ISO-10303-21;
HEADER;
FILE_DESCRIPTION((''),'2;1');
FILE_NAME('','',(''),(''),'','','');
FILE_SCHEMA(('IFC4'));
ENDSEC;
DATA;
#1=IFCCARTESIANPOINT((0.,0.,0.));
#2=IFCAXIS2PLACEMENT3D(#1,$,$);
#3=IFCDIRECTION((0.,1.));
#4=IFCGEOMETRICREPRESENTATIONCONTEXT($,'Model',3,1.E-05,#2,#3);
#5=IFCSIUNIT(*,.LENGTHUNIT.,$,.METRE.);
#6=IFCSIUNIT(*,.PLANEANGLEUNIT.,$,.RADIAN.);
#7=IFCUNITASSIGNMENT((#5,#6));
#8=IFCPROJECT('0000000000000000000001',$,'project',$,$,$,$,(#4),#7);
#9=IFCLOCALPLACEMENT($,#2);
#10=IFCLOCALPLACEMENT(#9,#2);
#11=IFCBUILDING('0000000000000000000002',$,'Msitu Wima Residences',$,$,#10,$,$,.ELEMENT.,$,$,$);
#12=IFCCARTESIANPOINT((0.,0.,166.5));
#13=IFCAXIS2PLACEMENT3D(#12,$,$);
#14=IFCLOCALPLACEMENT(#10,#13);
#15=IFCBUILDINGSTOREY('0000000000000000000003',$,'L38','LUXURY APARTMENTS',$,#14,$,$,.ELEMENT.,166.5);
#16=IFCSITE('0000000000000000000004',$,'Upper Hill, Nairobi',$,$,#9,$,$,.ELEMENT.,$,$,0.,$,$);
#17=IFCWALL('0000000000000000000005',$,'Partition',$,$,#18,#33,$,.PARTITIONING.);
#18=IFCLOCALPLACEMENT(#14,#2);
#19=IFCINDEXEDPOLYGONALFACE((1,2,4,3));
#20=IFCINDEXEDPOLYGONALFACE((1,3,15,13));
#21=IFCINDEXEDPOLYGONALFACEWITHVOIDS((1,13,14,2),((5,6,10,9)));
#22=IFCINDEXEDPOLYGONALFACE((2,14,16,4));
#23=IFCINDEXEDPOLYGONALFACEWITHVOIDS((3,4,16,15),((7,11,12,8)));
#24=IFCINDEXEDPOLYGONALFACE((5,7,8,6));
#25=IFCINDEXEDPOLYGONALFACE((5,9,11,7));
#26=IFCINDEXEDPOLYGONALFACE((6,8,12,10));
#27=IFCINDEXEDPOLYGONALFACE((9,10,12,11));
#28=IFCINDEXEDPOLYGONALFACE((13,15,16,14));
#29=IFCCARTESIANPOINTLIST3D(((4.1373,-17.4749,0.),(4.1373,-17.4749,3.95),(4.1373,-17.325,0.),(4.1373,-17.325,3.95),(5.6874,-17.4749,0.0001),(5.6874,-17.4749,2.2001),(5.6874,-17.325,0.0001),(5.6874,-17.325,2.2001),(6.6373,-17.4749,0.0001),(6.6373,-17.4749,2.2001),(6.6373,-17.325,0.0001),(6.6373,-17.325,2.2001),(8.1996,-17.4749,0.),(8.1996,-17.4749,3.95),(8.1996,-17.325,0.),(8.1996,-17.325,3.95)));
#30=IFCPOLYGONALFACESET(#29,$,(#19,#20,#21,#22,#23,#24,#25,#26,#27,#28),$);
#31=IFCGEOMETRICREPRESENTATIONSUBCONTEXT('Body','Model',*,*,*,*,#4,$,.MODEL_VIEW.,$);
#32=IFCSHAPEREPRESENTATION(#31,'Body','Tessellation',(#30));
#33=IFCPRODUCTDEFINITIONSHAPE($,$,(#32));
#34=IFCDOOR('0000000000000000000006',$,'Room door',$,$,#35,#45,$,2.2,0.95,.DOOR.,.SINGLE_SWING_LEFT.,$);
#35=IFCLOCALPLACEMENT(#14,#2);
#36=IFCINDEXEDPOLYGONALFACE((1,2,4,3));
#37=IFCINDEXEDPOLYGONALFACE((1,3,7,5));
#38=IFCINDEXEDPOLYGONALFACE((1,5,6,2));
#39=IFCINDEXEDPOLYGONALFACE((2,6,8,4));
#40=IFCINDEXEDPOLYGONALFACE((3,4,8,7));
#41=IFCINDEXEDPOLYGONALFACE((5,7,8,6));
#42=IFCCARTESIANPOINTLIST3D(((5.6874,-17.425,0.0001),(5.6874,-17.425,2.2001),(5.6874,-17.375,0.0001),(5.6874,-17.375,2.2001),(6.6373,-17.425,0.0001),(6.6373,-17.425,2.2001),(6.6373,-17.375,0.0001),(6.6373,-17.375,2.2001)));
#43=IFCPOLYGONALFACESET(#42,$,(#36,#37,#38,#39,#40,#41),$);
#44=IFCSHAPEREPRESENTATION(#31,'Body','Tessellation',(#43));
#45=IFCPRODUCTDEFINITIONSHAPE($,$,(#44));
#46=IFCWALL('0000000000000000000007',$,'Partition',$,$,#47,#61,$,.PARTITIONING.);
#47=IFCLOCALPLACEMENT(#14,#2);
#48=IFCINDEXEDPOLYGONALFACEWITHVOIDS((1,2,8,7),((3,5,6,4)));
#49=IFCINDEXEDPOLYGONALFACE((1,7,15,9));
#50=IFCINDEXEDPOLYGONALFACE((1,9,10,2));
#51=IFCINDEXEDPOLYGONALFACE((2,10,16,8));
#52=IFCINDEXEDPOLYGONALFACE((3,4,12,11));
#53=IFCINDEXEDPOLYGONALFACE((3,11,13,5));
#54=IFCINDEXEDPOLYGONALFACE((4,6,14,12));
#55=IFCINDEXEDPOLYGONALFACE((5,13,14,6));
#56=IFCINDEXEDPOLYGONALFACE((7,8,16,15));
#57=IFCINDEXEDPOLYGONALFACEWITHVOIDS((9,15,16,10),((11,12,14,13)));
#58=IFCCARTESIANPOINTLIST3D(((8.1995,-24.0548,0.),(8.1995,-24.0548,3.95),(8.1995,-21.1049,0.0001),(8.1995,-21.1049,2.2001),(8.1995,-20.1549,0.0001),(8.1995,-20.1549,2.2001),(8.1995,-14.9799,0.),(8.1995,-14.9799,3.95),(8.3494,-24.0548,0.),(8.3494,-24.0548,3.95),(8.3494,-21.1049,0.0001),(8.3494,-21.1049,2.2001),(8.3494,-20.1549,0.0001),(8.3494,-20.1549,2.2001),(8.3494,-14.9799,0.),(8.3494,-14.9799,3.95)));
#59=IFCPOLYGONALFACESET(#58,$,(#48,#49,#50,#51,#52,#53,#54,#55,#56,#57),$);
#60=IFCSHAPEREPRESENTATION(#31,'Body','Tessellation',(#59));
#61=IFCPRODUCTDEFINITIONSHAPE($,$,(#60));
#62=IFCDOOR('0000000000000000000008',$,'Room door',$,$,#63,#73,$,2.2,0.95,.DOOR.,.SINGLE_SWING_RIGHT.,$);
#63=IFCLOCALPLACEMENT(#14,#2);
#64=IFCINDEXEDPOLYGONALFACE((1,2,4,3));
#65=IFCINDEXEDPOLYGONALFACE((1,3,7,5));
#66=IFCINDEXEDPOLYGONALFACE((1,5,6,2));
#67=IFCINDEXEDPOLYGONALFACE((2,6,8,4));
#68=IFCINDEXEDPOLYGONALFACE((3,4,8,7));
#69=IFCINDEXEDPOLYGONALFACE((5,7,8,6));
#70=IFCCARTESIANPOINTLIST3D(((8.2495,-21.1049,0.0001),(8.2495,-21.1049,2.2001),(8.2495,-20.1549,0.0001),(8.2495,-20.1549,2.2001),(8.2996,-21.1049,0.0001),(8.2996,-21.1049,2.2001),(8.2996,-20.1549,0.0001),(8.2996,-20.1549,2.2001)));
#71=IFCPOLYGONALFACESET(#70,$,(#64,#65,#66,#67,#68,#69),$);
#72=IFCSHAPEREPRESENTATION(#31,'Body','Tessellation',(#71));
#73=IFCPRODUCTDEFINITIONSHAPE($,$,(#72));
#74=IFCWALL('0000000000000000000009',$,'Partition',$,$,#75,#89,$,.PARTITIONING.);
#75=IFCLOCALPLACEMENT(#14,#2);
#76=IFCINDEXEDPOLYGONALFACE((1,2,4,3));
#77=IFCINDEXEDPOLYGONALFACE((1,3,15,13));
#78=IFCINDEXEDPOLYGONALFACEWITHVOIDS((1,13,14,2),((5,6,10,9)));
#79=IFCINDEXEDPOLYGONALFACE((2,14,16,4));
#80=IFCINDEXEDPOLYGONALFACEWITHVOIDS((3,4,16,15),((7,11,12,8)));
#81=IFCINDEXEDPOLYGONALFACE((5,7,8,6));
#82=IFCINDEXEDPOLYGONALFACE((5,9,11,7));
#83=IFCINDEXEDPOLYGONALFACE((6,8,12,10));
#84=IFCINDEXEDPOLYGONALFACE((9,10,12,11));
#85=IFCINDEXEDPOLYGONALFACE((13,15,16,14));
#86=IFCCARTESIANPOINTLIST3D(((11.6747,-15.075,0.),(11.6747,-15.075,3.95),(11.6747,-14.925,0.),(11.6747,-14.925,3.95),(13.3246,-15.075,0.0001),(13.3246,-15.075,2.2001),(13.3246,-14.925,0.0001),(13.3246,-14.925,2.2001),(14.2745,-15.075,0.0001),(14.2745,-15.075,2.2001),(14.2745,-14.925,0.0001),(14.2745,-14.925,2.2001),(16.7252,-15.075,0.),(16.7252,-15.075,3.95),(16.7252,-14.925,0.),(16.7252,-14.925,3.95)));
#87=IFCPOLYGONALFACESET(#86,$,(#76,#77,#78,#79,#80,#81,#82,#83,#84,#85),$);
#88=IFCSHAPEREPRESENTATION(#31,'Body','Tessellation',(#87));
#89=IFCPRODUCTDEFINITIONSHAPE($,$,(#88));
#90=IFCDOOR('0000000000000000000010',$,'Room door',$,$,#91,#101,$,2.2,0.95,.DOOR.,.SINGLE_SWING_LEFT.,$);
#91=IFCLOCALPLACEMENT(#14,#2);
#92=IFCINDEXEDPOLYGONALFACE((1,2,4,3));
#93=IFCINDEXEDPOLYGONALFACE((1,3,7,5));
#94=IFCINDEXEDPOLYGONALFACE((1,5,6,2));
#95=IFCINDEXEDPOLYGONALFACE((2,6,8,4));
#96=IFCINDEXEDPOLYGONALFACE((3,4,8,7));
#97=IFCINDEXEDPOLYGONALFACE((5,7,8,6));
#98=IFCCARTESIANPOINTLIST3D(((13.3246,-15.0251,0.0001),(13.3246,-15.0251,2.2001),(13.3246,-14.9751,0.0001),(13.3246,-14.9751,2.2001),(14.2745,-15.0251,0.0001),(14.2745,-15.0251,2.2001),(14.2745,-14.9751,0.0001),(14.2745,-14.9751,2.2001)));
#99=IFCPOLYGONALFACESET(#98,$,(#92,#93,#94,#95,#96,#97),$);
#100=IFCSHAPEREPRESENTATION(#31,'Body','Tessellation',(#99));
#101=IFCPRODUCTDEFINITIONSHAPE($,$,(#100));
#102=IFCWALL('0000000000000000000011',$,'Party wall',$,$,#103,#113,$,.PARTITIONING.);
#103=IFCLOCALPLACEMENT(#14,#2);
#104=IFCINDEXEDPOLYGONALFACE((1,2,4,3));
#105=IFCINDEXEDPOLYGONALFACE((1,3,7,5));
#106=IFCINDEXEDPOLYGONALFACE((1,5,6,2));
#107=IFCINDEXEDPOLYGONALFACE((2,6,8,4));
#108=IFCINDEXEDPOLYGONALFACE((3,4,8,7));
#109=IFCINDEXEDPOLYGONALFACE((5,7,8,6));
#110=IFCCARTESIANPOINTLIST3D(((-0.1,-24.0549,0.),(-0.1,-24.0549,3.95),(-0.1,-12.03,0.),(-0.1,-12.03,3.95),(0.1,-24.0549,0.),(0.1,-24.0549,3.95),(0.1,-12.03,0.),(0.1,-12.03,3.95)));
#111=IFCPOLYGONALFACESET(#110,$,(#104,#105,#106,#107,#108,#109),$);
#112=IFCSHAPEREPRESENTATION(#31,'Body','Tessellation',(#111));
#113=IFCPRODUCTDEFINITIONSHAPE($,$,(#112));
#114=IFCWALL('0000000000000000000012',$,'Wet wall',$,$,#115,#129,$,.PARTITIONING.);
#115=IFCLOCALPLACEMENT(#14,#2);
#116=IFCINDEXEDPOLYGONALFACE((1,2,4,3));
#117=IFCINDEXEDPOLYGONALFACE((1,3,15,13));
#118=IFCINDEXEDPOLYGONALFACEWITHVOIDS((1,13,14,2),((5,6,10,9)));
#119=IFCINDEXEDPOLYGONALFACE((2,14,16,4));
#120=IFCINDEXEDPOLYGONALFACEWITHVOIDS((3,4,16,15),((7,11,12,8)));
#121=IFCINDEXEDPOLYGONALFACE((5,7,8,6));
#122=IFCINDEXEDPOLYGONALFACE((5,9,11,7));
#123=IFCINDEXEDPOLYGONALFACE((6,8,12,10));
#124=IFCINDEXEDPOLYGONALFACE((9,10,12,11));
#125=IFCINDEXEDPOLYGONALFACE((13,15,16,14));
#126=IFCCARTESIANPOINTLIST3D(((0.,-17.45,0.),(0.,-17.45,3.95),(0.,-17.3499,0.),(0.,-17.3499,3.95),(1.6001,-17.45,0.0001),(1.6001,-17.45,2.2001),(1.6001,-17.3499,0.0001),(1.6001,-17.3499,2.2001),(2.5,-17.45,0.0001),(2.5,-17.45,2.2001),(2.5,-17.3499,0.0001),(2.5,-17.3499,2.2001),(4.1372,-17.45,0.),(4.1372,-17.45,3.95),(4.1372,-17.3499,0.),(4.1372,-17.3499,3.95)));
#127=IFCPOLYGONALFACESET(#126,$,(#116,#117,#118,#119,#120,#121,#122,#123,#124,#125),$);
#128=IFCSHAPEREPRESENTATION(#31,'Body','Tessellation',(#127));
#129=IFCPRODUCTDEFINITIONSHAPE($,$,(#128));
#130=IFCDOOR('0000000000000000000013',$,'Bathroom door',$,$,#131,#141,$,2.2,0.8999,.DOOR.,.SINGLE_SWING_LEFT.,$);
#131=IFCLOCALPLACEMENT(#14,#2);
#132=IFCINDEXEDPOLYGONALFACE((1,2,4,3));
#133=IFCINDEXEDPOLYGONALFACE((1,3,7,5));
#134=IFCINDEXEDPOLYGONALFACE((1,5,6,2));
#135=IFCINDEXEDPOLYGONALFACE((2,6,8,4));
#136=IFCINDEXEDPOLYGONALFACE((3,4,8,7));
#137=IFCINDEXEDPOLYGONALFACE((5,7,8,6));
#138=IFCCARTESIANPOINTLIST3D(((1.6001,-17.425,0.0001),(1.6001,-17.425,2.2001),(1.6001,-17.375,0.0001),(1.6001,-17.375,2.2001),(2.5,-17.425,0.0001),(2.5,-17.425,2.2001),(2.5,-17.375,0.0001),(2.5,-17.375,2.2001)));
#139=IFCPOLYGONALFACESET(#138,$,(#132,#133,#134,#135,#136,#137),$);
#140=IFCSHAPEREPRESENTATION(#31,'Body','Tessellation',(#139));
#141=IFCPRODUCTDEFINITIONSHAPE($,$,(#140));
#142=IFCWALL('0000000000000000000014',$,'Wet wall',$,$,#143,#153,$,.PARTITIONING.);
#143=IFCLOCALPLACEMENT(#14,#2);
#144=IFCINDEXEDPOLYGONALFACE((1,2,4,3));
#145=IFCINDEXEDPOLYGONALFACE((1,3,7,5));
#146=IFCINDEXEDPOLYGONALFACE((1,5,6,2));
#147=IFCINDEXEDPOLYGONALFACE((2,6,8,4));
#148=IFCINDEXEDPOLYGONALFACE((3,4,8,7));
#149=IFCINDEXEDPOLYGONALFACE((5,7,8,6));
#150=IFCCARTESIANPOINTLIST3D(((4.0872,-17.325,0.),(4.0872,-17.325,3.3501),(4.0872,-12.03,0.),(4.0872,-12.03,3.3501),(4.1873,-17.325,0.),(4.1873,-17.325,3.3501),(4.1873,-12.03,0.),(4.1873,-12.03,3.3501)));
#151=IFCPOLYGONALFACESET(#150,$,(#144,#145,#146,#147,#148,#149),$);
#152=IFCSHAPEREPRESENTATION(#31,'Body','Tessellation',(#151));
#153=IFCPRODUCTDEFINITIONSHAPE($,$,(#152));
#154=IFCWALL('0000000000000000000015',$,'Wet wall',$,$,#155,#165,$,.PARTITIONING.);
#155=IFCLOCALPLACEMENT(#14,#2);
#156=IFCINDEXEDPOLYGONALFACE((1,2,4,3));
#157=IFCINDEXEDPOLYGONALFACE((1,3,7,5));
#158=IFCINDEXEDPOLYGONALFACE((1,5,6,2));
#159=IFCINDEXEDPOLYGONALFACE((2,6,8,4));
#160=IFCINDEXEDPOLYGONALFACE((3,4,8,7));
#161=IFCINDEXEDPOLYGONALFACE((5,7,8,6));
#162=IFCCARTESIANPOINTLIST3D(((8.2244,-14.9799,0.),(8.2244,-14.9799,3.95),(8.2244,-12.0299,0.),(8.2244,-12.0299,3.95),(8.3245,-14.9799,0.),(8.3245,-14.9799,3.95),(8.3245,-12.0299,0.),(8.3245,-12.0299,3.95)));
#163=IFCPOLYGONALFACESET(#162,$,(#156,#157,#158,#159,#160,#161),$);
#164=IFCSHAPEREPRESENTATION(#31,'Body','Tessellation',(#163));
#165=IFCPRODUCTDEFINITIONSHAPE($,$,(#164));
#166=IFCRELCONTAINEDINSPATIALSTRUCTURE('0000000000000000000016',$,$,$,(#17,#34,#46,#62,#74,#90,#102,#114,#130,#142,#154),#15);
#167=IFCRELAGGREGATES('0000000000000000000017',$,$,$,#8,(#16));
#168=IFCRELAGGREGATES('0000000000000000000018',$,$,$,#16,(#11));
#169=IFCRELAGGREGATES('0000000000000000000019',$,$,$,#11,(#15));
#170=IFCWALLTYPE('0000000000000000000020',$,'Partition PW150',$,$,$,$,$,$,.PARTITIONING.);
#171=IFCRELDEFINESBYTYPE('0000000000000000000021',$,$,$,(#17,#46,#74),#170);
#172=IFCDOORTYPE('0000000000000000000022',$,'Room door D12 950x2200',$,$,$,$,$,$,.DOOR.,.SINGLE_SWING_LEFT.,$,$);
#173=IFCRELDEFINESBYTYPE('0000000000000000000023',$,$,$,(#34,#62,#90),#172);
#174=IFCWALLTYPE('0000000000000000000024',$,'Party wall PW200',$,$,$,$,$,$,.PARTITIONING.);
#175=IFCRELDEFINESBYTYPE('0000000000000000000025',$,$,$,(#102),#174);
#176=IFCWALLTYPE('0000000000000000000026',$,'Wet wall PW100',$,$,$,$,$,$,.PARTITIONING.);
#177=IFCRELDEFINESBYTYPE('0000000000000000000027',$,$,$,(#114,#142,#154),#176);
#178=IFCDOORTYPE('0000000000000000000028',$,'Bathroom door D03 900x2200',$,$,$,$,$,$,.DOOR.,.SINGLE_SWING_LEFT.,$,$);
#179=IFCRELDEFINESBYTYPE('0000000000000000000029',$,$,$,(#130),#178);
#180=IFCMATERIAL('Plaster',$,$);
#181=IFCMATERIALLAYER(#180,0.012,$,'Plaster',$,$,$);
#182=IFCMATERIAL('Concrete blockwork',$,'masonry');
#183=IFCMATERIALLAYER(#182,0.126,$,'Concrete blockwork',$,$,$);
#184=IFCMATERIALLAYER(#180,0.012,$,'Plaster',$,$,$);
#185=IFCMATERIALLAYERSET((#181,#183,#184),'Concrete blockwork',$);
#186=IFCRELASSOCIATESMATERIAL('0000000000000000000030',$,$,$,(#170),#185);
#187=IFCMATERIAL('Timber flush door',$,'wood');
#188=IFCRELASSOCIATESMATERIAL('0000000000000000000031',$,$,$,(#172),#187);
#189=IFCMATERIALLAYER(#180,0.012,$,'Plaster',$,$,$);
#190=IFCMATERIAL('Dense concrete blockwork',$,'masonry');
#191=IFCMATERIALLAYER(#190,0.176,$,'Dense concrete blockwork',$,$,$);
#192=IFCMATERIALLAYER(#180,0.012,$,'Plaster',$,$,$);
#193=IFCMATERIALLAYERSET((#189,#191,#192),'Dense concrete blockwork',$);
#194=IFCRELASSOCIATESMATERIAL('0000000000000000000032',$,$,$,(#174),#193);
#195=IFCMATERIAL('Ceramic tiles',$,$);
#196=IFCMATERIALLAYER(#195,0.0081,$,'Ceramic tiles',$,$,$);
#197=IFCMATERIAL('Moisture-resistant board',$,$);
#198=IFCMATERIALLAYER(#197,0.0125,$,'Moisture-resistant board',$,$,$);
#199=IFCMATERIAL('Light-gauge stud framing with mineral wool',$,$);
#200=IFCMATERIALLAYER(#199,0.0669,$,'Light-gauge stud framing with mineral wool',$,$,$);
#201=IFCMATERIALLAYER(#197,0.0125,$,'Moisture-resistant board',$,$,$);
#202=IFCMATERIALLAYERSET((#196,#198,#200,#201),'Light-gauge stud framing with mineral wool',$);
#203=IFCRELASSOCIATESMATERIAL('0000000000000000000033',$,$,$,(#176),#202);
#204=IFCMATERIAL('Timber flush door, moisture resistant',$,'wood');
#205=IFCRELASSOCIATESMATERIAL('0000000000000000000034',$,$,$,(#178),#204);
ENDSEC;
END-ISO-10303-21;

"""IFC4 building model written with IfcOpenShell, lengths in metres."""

from ifc_helpers import new_model, si_unit, direction, frame, frame_2d, origin, place, context, subcontext, project, spatial, rectangle, extrude, material, layer, layer_set, type_object, element, fill, save


model = new_model("IFC4")

# Units and contexts
model_context = context("Model", 3, precision=1e-05, world=origin(), true_north=direction((0.0, 1.0)))
body_context = subcontext(model_context, "Body", "Model", "MODEL_VIEW")
ifc_project = project(units=[si_unit("LENGTHUNIT", "METRE"), si_unit("PLANEANGLEUNIT", "RADIAN")], contexts=[model_context])

# Site, building, storey
site_placement = place(None, origin())
site = spatial("IfcSite", under=ifc_project, at=site_placement, Name="Upper Hill, Nairobi", CompositionType="ELEMENT", RefElevation=0.0)
building_placement = place(site_placement, origin())
building = spatial("IfcBuilding", under=site, at=building_placement, Name="Msitu Wima Residences", CompositionType="ELEMENT")
storey_placement = place(building_placement, frame((0.0, 0.0, 166.5)))
storey = spatial("IfcBuildingStorey", under=building, at=storey_placement, Name="L38", Description="LUXURY APARTMENTS", CompositionType="ELEMENT", Elevation=166.5)

# Walls, openings, doors
ifc_material_1 = material(Name="Plaster")
ifc_layer_1 = layer(ifc_material_1, 0.012, Name="Plaster")
ifc_material_2 = material(Name="Concrete blockwork", Category="masonry")
ifc_layer_2 = layer(ifc_material_2, 0.126, Name="Concrete blockwork")
ifc_layer_3 = layer(ifc_material_1, 0.012, Name="Plaster")
ifc_layer_set_1 = layer_set([ifc_layer_1, ifc_layer_2, ifc_layer_3], Name="Concrete blockwork")
wall_type_1 = type_object("IfcWallType", Name="Partition PW150", PredefinedType="PARTITIONING", material=ifc_layer_set_1)
wall_1_placement = place(storey_placement, frame((4.1372, -17.3999, 0.0), z_axis=(0.0, 0.0, 1.0), x_axis=(1.0, 0.0, 0.0)))
wall_1 = element("IfcWall", 1, at=wall_1_placement, inside=storey, type_object=wall_type_1, Name="Partition", PredefinedType="PARTITIONING", context=body_context, shape_type="SweptSolid", body=[
    extrude(rectangle(XDim=4.0623, YDim=0.1499, at=frame_2d((2.0312, 0.0))), origin(), (0.0, 0.0, 1.0), 3.95),
])
opening_1_placement = place(wall_1_placement, frame((1.55, 0.0, 0.0)))
opening_1 = element("IfcOpeningElement", 2, at=opening_1_placement, cuts=wall_1, PredefinedType="OPENING", context=body_context, shape_type="SweptSolid", body=[
    extrude(rectangle(XDim=0.95, YDim=2.2, at=frame_2d((0.4751, 1.1001))), frame((0.0, 0.085, 0.0), z_axis=(0.0, -1.0, 0.0), x_axis=(1.0, 0.0, 0.0)), (0.0, 0.0, 1.0), 0.1699),
])
ifc_material_3 = material(Name="Timber flush door", Category="wood")
door_type_1 = type_object("IfcDoorType", Name="Room door D12 950x2200", OperationType="SINGLE_SWING_LEFT", PredefinedType="DOOR", material=ifc_material_3)
door_1_placement = place(opening_1_placement, origin())
door_1 = element("IfcDoor", 3, at=door_1_placement, inside=storey, type_object=door_type_1, Name="Room door", OperationType="SINGLE_SWING_LEFT", OverallHeight=2.2, OverallWidth=0.95, PredefinedType="DOOR", context=body_context, shape_type="SweptSolid", body=[
    extrude(rectangle(XDim=0.95, YDim=2.2, at=frame_2d((0.4751, 1.1001))), frame((0.0, 0.0249, 0.0), z_axis=(0.0, -1.0, 0.0), x_axis=(1.0, 0.0, 0.0)), (0.0, 0.0, 1.0), 0.05),
])
fill(opening_1, door_1)
wall_2_placement = place(storey_placement, frame((8.2744, -24.0549, 0.0), z_axis=(0.0, 0.0, 1.0), x_axis=(0.0, 1.0, 0.0)))
wall_2 = element("IfcWall", 4, at=wall_2_placement, inside=storey, type_object=wall_type_1, Name="Partition", PredefinedType="PARTITIONING", context=body_context, shape_type="SweptSolid", body=[
    extrude(rectangle(XDim=9.075, YDim=0.1499, at=frame_2d((4.5376, 0.0))), origin(), (0.0, 0.0, 1.0), 3.95),
])
opening_2_placement = place(wall_2_placement, frame((2.95, 0.0, 0.0)))
opening_2 = element("IfcOpeningElement", 5, at=opening_2_placement, cuts=wall_2, PredefinedType="OPENING", context=body_context, shape_type="SweptSolid", body=[
    extrude(rectangle(XDim=0.95, YDim=2.2, at=frame_2d((0.4751, 1.1001))), frame((0.0, 0.085, 0.0), z_axis=(0.0, -1.0, 0.0), x_axis=(1.0, 0.0, 0.0)), (0.0, 0.0, 1.0), 0.1699),
])
door_2_placement = place(opening_2_placement, origin())
door_2 = element("IfcDoor", 6, at=door_2_placement, inside=storey, type_object=door_type_1, Name="Room door", OperationType="SINGLE_SWING_RIGHT", OverallHeight=2.2, OverallWidth=0.95, PredefinedType="DOOR", context=body_context, shape_type="SweptSolid", body=[
    extrude(rectangle(XDim=0.95, YDim=2.2, at=frame_2d((0.4751, 1.1001))), frame((0.0, 0.0249, 0.0), z_axis=(0.0, -1.0, 0.0), x_axis=(1.0, 0.0, 0.0)), (0.0, 0.0, 1.0), 0.05),
])
fill(opening_2, door_2)
wall_3_placement = place(storey_placement, frame((11.6746, -15.0, 0.0), z_axis=(0.0, 0.0, 1.0), x_axis=(1.0, 0.0, 0.0)))
wall_3 = element("IfcWall", 7, at=wall_3_placement, inside=storey, type_object=wall_type_1, Name="Partition", PredefinedType="PARTITIONING", context=body_context, shape_type="SweptSolid", body=[
    extrude(rectangle(XDim=5.0505, YDim=0.1499, at=frame_2d((2.5254, 0.0))), origin(), (0.0, 0.0, 1.0), 3.95),
])
opening_3_placement = place(wall_3_placement, frame((1.6499, 0.0, 0.0)))
opening_3 = element("IfcOpeningElement", 8, at=opening_3_placement, cuts=wall_3, PredefinedType="OPENING", context=body_context, shape_type="SweptSolid", body=[
    extrude(rectangle(XDim=0.95, YDim=2.2, at=frame_2d((0.4751, 1.1001))), frame((0.0, 0.085, 0.0), z_axis=(0.0, -1.0, 0.0), x_axis=(1.0, 0.0, 0.0)), (0.0, 0.0, 1.0), 0.1699),
])
door_3_placement = place(opening_3_placement, origin())
door_3 = element("IfcDoor", 9, at=door_3_placement, inside=storey, type_object=door_type_1, Name="Room door", OperationType="SINGLE_SWING_LEFT", OverallHeight=2.2, OverallWidth=0.95, PredefinedType="DOOR", context=body_context, shape_type="SweptSolid", body=[
    extrude(rectangle(XDim=0.95, YDim=2.2, at=frame_2d((0.4751, 1.1001))), frame((0.0, 0.0249, 0.0), z_axis=(0.0, -1.0, 0.0), x_axis=(1.0, 0.0, 0.0)), (0.0, 0.0, 1.0), 0.05),
])
fill(opening_3, door_3)

# Wall
ifc_layer_4 = layer(ifc_material_1, 0.012, Name="Plaster")
ifc_material_4 = material(Name="Dense concrete blockwork", Category="masonry")
ifc_layer_5 = layer(ifc_material_4, 0.176, Name="Dense concrete blockwork")
ifc_layer_6 = layer(ifc_material_1, 0.012, Name="Plaster")
ifc_layer_set_2 = layer_set([ifc_layer_4, ifc_layer_5, ifc_layer_6], Name="Dense concrete blockwork")
wall_type_2 = type_object("IfcWallType", Name="Party wall PW200", PredefinedType="PARTITIONING", material=ifc_layer_set_2)
wall_4_placement = place(storey_placement, frame((0.0, -24.0549, 0.0), z_axis=(0.0, 0.0, 1.0), x_axis=(0.0, 1.0, 0.0)))
element("IfcWall", 10, at=wall_4_placement, inside=storey, type_object=wall_type_2, Name="Party wall", PredefinedType="PARTITIONING", context=body_context, shape_type="SweptSolid", body=[
    extrude(rectangle(XDim=12.0249, YDim=0.2, at=frame_2d((6.0125, 0.0))), origin(), (0.0, 0.0, 1.0), 3.95),
])

# Wall, opening, door
ifc_material_5 = material(Name="Ceramic tiles")
ifc_layer_7 = layer(ifc_material_5, 0.0081, Name="Ceramic tiles")
ifc_material_6 = material(Name="Moisture-resistant board")
ifc_layer_8 = layer(ifc_material_6, 0.0125, Name="Moisture-resistant board")
ifc_material_7 = material(Name="Light-gauge stud framing with mineral wool")
ifc_layer_9 = layer(ifc_material_7, 0.0669, Name="Light-gauge stud framing with mineral wool")
ifc_layer_10 = layer(ifc_material_6, 0.0125, Name="Moisture-resistant board")
ifc_layer_set_3 = layer_set([ifc_layer_7, ifc_layer_8, ifc_layer_9, ifc_layer_10], Name="Light-gauge stud framing with mineral wool")
wall_type_3 = type_object("IfcWallType", Name="Wet wall PW100", PredefinedType="PARTITIONING", material=ifc_layer_set_3)
wall_5_placement = place(storey_placement, frame((0.0, -17.3999, 0.0), z_axis=(0.0, 0.0, 1.0), x_axis=(1.0, 0.0, 0.0)))
wall_5 = element("IfcWall", 11, at=wall_5_placement, inside=storey, type_object=wall_type_3, Name="Wet wall", PredefinedType="PARTITIONING", context=body_context, shape_type="SweptSolid", body=[
    extrude(rectangle(XDim=4.1372, YDim=0.1001, at=frame_2d((2.0686, 0.0))), origin(), (0.0, 0.0, 1.0), 3.95),
])
opening_4_placement = place(wall_5_placement, frame((1.6001, 0.0, 0.0)))
opening_4 = element("IfcOpeningElement", 12, at=opening_4_placement, cuts=wall_5, PredefinedType="OPENING", context=body_context, shape_type="SweptSolid", body=[
    extrude(rectangle(XDim=0.8999, YDim=2.2, at=frame_2d((0.45, 1.1001))), frame((0.0, 0.0601, 0.0), z_axis=(0.0, -1.0, 0.0), x_axis=(1.0, 0.0, 0.0)), (0.0, 0.0, 1.0), 0.1201),
])
ifc_material_8 = material(Name="Timber flush door, moisture resistant", Category="wood")
door_type_2 = type_object("IfcDoorType", Name="Bathroom door D03 900x2200", OperationType="SINGLE_SWING_LEFT", PredefinedType="DOOR", material=ifc_material_8)
door_4_placement = place(opening_4_placement, origin())
door_4 = element("IfcDoor", 13, at=door_4_placement, inside=storey, type_object=door_type_2, Name="Bathroom door", OperationType="SINGLE_SWING_LEFT", OverallHeight=2.2, OverallWidth=0.8999, PredefinedType="DOOR", context=body_context, shape_type="SweptSolid", body=[
    extrude(rectangle(XDim=0.8999, YDim=2.2, at=frame_2d((0.45, 1.1001))), frame((0.0, 0.0249, 0.0), z_axis=(0.0, -1.0, 0.0), x_axis=(1.0, 0.0, 0.0)), (0.0, 0.0, 1.0), 0.05),
])
fill(opening_4, door_4)

# Walls
wall_6_placement = place(storey_placement, frame((4.1372, -17.325, 0.0), z_axis=(0.0, 0.0, 1.0), x_axis=(0.0, 1.0, 0.0)))
element("IfcWall", 14, at=wall_6_placement, inside=storey, type_object=wall_type_3, Name="Wet wall", PredefinedType="PARTITIONING", context=body_context, shape_type="SweptSolid", body=[
    extrude(rectangle(XDim=5.2949, YDim=0.1001, at=frame_2d((2.6475, 0.0))), origin(), (0.0, 0.0, 1.0), 3.3501),
])
wall_7_placement = place(storey_placement, frame((8.2744, -14.98, 0.0), z_axis=(0.0, 0.0, 1.0), x_axis=(0.0, 1.0, 0.0)))
element("IfcWall", 15, at=wall_7_placement, inside=storey, type_object=wall_type_3, Name="Wet wall", PredefinedType="PARTITIONING", context=body_context, shape_type="SweptSolid", body=[
    extrude(rectangle(XDim=2.95, YDim=0.1001, at=frame_2d((1.4751, 0.0))), origin(), (0.0, 0.0, 1.0), 3.95),
])

save(model, "model.ifc")
